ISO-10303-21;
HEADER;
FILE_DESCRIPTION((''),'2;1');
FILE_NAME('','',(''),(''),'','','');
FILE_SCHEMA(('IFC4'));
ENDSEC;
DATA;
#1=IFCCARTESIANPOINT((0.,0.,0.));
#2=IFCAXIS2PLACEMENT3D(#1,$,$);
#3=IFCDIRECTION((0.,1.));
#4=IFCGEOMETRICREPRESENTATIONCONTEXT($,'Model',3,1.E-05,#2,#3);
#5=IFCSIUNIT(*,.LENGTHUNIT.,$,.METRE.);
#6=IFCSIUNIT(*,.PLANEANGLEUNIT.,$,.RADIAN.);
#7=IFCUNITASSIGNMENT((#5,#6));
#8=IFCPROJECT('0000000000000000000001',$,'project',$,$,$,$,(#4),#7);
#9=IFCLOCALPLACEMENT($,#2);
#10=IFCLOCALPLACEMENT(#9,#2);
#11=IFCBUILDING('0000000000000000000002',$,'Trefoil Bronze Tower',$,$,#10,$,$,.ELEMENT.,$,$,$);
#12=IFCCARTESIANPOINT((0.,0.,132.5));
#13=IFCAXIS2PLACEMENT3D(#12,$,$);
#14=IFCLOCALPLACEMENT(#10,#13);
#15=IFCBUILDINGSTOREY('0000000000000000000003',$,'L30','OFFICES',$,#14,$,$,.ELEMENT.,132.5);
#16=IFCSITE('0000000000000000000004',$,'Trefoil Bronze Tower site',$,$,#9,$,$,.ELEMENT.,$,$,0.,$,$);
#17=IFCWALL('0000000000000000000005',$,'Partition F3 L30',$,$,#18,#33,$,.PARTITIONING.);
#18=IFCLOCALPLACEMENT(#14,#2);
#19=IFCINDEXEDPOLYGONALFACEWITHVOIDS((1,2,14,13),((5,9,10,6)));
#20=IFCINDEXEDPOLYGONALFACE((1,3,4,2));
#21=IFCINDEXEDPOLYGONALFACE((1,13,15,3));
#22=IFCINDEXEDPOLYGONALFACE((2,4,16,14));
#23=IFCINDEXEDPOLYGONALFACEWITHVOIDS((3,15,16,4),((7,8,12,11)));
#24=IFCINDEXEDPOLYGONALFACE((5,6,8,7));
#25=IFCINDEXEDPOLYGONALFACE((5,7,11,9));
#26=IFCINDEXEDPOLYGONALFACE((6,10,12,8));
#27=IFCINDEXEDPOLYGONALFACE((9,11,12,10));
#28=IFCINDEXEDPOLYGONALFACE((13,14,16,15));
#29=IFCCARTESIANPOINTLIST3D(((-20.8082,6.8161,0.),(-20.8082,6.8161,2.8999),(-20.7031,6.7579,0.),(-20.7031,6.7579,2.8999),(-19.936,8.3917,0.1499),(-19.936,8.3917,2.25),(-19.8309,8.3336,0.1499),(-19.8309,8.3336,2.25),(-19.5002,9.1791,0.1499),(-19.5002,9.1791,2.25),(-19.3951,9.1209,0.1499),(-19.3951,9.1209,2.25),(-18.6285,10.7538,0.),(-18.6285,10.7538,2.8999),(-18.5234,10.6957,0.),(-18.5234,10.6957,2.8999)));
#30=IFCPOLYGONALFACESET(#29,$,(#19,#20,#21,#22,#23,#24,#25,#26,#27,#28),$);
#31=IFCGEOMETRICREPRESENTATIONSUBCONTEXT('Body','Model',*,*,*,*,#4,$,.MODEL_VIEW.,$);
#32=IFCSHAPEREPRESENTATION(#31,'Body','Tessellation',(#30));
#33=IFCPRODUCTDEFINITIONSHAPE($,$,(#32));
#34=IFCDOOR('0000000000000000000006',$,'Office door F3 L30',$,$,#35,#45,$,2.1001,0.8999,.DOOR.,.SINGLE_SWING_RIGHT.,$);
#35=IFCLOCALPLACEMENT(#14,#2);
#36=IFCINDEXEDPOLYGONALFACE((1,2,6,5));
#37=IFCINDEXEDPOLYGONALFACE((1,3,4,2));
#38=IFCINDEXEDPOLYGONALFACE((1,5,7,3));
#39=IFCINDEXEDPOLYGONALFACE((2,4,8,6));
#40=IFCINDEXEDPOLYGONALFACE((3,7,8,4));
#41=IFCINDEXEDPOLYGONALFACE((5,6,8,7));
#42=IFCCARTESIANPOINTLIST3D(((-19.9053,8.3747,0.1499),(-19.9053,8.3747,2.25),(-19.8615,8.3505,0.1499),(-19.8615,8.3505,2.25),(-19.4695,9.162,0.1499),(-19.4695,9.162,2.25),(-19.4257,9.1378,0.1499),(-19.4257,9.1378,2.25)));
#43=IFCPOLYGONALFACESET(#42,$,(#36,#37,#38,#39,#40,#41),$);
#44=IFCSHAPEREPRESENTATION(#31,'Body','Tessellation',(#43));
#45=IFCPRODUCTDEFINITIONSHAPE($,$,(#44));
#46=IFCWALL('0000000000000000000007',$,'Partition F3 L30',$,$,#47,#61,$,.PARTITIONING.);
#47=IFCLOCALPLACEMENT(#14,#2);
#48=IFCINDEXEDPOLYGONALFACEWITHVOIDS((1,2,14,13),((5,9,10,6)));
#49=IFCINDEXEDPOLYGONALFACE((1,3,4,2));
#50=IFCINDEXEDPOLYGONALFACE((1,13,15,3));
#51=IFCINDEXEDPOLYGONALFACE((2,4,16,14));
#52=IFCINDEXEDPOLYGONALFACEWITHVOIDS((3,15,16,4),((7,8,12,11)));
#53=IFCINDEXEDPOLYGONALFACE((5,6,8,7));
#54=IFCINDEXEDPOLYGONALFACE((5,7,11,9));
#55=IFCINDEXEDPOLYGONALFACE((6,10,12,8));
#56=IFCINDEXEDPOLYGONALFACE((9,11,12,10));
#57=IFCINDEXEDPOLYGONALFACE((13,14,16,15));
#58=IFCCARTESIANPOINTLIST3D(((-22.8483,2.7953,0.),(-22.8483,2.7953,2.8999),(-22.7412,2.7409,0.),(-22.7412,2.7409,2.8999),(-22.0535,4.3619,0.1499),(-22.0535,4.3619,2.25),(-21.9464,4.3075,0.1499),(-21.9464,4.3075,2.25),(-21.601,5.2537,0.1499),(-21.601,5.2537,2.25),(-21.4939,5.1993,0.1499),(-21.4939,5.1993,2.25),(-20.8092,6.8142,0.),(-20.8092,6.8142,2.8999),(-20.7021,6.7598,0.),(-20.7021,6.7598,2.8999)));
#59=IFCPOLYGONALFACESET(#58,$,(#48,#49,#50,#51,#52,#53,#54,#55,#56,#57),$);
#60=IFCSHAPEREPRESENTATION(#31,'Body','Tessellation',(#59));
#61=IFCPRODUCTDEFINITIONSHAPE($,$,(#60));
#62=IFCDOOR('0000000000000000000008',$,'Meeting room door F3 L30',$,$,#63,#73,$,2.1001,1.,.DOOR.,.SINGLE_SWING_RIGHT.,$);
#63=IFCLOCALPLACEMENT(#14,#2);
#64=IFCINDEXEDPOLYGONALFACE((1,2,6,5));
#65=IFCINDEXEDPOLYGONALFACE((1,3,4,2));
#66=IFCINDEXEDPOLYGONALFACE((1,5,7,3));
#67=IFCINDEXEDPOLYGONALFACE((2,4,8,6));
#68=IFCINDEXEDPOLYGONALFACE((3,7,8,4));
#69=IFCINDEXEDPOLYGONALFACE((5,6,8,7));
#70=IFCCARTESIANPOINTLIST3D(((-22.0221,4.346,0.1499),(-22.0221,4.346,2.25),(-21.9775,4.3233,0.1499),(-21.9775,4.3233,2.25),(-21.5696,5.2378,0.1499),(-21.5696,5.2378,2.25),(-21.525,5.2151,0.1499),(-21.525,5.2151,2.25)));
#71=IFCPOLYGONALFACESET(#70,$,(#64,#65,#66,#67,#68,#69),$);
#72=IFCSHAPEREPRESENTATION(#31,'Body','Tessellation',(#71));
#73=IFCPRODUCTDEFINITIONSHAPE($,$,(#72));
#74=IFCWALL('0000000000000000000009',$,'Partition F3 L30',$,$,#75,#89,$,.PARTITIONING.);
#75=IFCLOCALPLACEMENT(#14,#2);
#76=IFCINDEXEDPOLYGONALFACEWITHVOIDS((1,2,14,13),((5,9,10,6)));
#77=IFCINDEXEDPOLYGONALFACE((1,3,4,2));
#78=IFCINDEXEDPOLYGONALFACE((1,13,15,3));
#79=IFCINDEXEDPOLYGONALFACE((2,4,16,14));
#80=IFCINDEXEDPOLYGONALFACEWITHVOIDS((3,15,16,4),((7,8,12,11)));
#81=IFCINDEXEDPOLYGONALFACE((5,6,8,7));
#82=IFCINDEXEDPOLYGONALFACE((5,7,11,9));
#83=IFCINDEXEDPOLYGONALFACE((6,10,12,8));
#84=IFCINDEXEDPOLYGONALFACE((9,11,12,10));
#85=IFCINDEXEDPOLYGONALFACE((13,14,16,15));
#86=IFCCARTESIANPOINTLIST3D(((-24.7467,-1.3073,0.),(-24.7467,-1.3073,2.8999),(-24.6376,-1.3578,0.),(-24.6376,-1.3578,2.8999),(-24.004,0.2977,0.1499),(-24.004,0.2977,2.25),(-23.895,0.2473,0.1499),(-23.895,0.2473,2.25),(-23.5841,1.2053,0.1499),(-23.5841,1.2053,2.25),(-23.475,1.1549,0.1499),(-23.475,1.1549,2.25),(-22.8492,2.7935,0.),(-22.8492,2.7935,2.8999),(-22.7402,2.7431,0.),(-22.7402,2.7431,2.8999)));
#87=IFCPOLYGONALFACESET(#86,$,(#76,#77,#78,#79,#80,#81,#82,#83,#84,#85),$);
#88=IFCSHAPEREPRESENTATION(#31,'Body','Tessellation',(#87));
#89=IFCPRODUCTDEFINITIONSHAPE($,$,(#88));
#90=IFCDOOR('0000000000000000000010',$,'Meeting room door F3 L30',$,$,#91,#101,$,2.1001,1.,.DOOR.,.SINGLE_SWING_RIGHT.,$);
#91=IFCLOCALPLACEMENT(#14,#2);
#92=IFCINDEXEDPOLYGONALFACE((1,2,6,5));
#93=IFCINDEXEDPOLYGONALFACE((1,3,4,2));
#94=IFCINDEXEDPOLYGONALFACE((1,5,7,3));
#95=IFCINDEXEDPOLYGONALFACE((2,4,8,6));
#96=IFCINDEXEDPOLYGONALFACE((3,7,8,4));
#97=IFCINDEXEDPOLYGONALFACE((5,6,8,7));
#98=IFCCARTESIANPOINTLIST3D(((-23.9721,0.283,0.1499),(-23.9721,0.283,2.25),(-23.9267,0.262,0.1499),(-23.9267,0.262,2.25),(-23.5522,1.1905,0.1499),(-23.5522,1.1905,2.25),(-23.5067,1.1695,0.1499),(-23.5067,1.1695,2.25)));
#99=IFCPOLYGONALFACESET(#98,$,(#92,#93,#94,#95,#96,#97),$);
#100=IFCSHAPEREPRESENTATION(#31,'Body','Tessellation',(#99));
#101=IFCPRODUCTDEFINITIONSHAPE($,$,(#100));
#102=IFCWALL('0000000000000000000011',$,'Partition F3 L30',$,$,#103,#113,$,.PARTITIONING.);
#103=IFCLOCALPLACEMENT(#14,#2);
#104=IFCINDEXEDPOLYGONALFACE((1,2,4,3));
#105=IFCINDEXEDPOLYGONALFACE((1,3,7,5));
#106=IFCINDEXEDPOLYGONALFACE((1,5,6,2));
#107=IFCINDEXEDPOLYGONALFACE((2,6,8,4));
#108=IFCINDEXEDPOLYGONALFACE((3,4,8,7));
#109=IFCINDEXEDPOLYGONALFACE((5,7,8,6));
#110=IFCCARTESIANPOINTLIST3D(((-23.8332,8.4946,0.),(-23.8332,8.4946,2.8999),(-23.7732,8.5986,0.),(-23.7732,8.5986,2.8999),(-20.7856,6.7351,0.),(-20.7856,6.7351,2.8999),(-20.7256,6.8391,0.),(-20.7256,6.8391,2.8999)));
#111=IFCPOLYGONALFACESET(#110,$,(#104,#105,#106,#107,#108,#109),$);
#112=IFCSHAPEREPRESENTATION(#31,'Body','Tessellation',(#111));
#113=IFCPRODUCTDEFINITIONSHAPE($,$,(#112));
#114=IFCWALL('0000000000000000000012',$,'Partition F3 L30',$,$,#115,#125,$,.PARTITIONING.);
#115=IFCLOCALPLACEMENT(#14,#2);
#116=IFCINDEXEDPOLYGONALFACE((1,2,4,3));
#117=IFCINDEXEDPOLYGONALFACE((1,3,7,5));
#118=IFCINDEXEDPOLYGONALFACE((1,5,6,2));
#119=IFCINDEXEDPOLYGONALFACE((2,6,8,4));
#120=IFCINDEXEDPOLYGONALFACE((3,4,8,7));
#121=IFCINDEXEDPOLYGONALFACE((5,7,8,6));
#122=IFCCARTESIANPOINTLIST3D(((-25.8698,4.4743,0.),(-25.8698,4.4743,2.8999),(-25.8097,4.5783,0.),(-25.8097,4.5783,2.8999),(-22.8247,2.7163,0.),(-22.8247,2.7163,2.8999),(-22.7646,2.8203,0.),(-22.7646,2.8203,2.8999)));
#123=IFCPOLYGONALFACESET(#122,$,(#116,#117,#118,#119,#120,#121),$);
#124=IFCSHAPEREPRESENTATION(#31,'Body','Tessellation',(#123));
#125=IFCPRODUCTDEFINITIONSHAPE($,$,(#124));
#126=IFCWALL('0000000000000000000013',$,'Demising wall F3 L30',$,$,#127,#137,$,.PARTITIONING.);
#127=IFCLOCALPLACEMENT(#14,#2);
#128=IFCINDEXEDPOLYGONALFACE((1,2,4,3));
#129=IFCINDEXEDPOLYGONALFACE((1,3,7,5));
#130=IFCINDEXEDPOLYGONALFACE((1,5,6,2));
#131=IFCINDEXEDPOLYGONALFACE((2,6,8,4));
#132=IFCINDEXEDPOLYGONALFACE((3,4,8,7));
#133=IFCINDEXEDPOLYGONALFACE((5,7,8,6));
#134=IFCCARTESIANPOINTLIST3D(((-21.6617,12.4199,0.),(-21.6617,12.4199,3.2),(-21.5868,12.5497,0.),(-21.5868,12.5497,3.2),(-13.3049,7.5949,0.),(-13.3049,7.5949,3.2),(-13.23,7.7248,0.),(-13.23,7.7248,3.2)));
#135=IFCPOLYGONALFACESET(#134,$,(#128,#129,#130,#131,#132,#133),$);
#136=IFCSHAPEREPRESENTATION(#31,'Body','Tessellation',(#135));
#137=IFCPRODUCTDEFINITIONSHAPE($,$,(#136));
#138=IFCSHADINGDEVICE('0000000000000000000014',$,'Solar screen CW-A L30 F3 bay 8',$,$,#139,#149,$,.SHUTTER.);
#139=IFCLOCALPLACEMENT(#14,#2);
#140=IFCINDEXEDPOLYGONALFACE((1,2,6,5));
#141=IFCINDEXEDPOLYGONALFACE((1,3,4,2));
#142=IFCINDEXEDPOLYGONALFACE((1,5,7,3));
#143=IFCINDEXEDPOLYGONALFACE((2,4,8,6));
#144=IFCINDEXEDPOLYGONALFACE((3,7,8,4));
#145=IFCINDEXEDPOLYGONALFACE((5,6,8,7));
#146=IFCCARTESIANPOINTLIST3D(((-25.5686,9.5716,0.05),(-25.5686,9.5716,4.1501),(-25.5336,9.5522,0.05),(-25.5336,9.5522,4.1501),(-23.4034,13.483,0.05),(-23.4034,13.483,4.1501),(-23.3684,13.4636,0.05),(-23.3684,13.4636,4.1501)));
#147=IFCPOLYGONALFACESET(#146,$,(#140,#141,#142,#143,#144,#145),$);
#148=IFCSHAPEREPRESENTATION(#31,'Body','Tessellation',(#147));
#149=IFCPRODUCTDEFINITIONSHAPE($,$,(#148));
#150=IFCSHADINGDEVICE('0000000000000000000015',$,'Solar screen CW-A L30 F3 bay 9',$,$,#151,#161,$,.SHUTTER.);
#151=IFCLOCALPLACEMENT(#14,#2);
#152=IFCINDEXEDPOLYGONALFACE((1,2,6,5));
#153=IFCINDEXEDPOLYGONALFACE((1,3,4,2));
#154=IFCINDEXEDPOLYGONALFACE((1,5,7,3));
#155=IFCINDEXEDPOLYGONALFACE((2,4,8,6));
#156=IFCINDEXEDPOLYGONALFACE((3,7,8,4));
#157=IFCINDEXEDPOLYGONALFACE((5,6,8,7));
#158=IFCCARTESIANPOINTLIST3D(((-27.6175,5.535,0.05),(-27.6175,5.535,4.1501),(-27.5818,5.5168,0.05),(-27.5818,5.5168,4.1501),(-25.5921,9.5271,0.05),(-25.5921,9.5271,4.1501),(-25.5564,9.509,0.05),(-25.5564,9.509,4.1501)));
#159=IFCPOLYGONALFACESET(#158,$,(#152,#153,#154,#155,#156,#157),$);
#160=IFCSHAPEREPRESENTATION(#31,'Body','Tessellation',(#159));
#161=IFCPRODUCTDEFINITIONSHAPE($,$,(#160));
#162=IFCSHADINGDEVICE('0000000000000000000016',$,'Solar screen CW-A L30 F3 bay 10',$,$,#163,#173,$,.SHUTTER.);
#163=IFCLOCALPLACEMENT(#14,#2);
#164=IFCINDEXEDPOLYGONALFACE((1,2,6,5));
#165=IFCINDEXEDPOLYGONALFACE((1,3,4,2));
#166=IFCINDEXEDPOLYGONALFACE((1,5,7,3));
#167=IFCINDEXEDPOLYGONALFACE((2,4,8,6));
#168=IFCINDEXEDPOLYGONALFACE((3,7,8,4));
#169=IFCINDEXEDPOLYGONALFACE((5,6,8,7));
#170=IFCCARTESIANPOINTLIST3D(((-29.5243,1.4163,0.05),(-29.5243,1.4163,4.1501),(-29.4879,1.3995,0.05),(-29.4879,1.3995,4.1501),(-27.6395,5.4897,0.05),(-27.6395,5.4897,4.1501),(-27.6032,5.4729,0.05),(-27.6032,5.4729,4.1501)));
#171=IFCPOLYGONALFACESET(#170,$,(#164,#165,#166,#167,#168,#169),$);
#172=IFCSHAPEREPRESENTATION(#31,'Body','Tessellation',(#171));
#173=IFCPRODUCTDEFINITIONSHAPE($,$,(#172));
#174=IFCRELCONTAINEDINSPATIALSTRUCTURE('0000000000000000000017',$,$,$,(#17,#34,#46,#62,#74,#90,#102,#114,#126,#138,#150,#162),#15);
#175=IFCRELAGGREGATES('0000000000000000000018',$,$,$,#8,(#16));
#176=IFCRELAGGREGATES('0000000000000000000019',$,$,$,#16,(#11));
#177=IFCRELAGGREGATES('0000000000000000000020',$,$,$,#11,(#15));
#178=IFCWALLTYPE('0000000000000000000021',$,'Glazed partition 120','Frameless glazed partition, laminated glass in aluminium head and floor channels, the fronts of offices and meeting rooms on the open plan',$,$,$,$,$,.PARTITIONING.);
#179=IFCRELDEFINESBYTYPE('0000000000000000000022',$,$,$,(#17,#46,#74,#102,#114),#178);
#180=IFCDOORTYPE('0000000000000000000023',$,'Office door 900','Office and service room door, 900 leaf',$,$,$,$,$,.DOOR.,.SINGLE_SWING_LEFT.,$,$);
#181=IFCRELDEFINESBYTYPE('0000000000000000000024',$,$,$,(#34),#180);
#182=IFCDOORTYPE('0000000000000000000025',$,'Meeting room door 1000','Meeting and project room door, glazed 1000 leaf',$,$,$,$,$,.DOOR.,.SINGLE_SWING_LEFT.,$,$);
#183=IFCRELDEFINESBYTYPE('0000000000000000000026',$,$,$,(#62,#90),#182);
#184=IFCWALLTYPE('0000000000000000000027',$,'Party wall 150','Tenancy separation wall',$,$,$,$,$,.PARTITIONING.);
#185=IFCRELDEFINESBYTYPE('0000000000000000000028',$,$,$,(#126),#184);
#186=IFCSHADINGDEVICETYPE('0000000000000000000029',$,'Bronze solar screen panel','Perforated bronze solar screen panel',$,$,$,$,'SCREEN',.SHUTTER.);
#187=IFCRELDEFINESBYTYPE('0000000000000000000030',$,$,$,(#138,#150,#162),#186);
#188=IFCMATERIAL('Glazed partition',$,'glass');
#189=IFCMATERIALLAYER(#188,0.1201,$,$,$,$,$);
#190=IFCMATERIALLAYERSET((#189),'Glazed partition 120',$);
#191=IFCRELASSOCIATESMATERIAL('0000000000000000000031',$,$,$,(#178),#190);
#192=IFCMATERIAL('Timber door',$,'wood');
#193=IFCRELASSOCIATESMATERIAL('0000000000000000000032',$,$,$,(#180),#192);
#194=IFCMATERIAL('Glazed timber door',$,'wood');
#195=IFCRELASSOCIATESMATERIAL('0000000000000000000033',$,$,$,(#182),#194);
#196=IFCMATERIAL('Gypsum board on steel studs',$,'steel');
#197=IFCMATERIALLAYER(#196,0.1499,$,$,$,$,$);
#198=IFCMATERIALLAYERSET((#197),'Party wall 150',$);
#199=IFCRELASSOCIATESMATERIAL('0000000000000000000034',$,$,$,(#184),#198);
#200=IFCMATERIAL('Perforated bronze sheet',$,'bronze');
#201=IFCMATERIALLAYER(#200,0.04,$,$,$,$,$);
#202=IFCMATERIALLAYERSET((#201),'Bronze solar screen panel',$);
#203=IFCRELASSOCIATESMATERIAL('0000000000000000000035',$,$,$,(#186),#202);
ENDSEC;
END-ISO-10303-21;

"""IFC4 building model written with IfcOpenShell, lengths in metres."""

from ifc_helpers import new_model, si_unit, direction, frame, frame_2d, origin, origin_2d, place, context, subcontext, project, spatial, rectangle, extrude, material, layer, layer_set, type_object, element, fill, save


model = new_model("IFC4")

# Units and contexts
model_context = context("Model", 3, precision=1e-05, world=origin(), true_north=direction((0.0, 1.0)))
body_context = subcontext(model_context, "Body", "Model", "MODEL_VIEW")
ifc_project = project(units=[si_unit("LENGTHUNIT", "METRE"), si_unit("PLANEANGLEUNIT", "RADIAN")], contexts=[model_context])

# Site, building, storey
site_placement = place(None, origin())
site = spatial("IfcSite", under=ifc_project, at=site_placement, Name="Trefoil Bronze Tower site", CompositionType="ELEMENT", RefElevation=0.0)
building_placement = place(site_placement, origin())
building = spatial("IfcBuilding", under=site, at=building_placement, Name="Trefoil Bronze Tower", CompositionType="ELEMENT")
storey_placement = place(building_placement, frame((0.0, 0.0, 132.5)))
storey = spatial("IfcBuildingStorey", under=building, at=storey_placement, Name="L30", Description="OFFICES", CompositionType="ELEMENT", Elevation=132.5)

# Walls, openings, doors
ifc_material_1 = material(Name="Glazed partition", Category="glass")
ifc_layer_1 = layer(ifc_material_1, 0.1201)
ifc_layer_set_1 = layer_set([ifc_layer_1], Name="Glazed partition 120")
wall_type_1 = type_object("IfcWallType", Name="Glazed partition 120", Description="Frameless glazed partition, laminated glass in aluminium head and floor channels, the fronts of offices and meeting rooms on the open plan", PredefinedType="PARTITIONING", material=ifc_layer_set_1)
wall_1_placement = place(storey_placement, frame((-18.5759, 10.7249, 0.0), z_axis=(0.0, 0.0, 1.0), x_axis=(-0.484293, -0.874906, 0.0)))
wall_1 = element("IfcWall", 1, at=wall_1_placement, inside=storey, type_object=wall_type_1, Name="Partition F3 L30", PredefinedType="PARTITIONING", context=body_context, shape_type="SweptSolid", body=[
    extrude(rectangle(XDim=4.5007, YDim=0.1201, at=frame_2d((2.2505, 0.0))), origin(), (0.0, 0.0, 1.0), 2.8999),
])
opening_1_placement = place(wall_1_placement, frame((1.8, 0.0, 0.1499)))
opening_1 = element("IfcOpeningElement", 2, at=opening_1_placement, cuts=wall_1, PredefinedType="OPENING", context=body_context, shape_type="SweptSolid", body=[
    extrude(rectangle(XDim=0.8999, YDim=2.1001, at=frame_2d((0.45, 1.05))), frame((0.0, 0.0701, 0.0), z_axis=(0.0, -1.0, 0.0), x_axis=(1.0, 0.0, 0.0)), (0.0, 0.0, 1.0), 0.1401),
])
ifc_material_2 = material(Name="Timber door", Category="wood")
door_type_1 = type_object("IfcDoorType", Name="Office door 900", Description="Office and service room door, 900 leaf", OperationType="SINGLE_SWING_LEFT", PredefinedType="DOOR", material=ifc_material_2)
door_1_placement = place(opening_1_placement, frame((0.8999, 0.0, 0.0), z_axis=(0.0, 0.0, 1.0), x_axis=(-1.0, 0.0, 0.0)))
door_1 = element("IfcDoor", 3, at=door_1_placement, inside=storey, type_object=door_type_1, Name="Office door F3 L30", OperationType="SINGLE_SWING_RIGHT", OverallHeight=2.1001, OverallWidth=0.8999, PredefinedType="DOOR", context=body_context, shape_type="SweptSolid", body=[
    extrude(rectangle(XDim=0.8999, YDim=2.1001, at=frame_2d((0.45, 1.05))), frame((0.0, 0.0249, 0.0), z_axis=(0.0, -1.0, 0.0), x_axis=(1.0, 0.0, 0.0)), (0.0, 0.0, 1.0), 0.05),
])
fill(opening_1, door_1)
wall_2_placement = place(storey_placement, frame((-20.7556, 6.7871, 0.0), z_axis=(0.0, 0.0, 1.0), x_axis=(-0.452472, -0.891779, 0.0)))
wall_2 = element("IfcWall", 4, at=wall_2_placement, inside=storey, type_object=wall_type_1, Name="Partition F3 L30", PredefinedType="PARTITIONING", context=body_context, shape_type="SweptSolid", body=[
    extrude(rectangle(XDim=4.5066, YDim=0.1201, at=frame_2d((2.2534, 0.0))), origin(), (0.0, 0.0, 1.0), 2.8999),
])
opening_2_placement = place(wall_2_placement, frame((1.75, 0.0, 0.1499)))
opening_2 = element("IfcOpeningElement", 5, at=opening_2_placement, cuts=wall_2, PredefinedType="OPENING", context=body_context, shape_type="SweptSolid", body=[
    extrude(rectangle(XDim=1.0, YDim=2.1001, at=frame_2d((0.5, 1.05))), frame((0.0, 0.0701, 0.0), z_axis=(0.0, -1.0, 0.0), x_axis=(1.0, 0.0, 0.0)), (0.0, 0.0, 1.0), 0.1401),
])
ifc_material_3 = material(Name="Glazed timber door", Category="wood")
door_type_2 = type_object("IfcDoorType", Name="Meeting room door 1000", Description="Meeting and project room door, glazed 1000 leaf", OperationType="SINGLE_SWING_LEFT", PredefinedType="DOOR", material=ifc_material_3)
door_2_placement = place(opening_2_placement, frame((1.0, 0.0, 0.0), z_axis=(0.0, 0.0, 1.0), x_axis=(-1.0, 0.0, 0.0)))
door_2 = element("IfcDoor", 6, at=door_2_placement, inside=storey, type_object=door_type_2, Name="Meeting room door F3 L30", OperationType="SINGLE_SWING_RIGHT", OverallHeight=2.1001, OverallWidth=1.0, PredefinedType="DOOR", context=body_context, shape_type="SweptSolid", body=[
    extrude(rectangle(XDim=1.0, YDim=2.1001, at=frame_2d((0.5, 1.05))), frame((0.0, 0.0249, 0.0), z_axis=(0.0, -1.0, 0.0), x_axis=(1.0, 0.0, 0.0)), (0.0, 0.0, 1.0), 0.05),
])
fill(opening_2, door_2)
wall_3_placement = place(storey_placement, frame((-22.7947, 2.7683, 0.0), z_axis=(0.0, 0.0, 1.0), x_axis=(-0.419928, -0.907557, 0.0)))
wall_3 = element("IfcWall", 7, at=wall_3_placement, inside=storey, type_object=wall_type_1, Name="Partition F3 L30", PredefinedType="PARTITIONING", context=body_context, shape_type="SweptSolid", body=[
    extrude(rectangle(XDim=4.5186, YDim=0.1201, at=frame_2d((2.2593, 0.0))), origin(), (0.0, 0.0, 1.0), 2.8999),
])
opening_3_placement = place(wall_3_placement, frame((1.75, 0.0, 0.1499)))
opening_3 = element("IfcOpeningElement", 8, at=opening_3_placement, cuts=wall_3, PredefinedType="OPENING", context=body_context, shape_type="SweptSolid", body=[
    extrude(rectangle(XDim=1.0, YDim=2.1001, at=frame_2d((0.5, 1.05))), frame((0.0, 0.0701, 0.0), z_axis=(0.0, -1.0, 0.0), x_axis=(1.0, 0.0, 0.0)), (0.0, 0.0, 1.0), 0.1401),
])
door_3_placement = place(opening_3_placement, frame((1.0, 0.0, 0.0), z_axis=(0.0, 0.0, 1.0), x_axis=(-1.0, 0.0, 0.0)))
door_3 = element("IfcDoor", 9, at=door_3_placement, inside=storey, type_object=door_type_2, Name="Meeting room door F3 L30", OperationType="SINGLE_SWING_RIGHT", OverallHeight=2.1001, OverallWidth=1.0, PredefinedType="DOOR", context=body_context, shape_type="SweptSolid", body=[
    extrude(rectangle(XDim=1.0, YDim=2.1001, at=frame_2d((0.5, 1.05))), frame((0.0, 0.0249, 0.0), z_axis=(0.0, -1.0, 0.0), x_axis=(1.0, 0.0, 0.0)), (0.0, 0.0, 1.0), 0.05),
])
fill(opening_3, door_3)

# Walls
wall_4_placement = place(storey_placement, frame((-20.7556, 6.7871, 0.0), z_axis=(0.0, 0.0, 1.0), x_axis=(-0.866027, 0.499997, 0.0)))
element("IfcWall", 10, at=wall_4_placement, inside=storey, type_object=wall_type_1, Name="Partition F3 L30", PredefinedType="PARTITIONING", context=body_context, shape_type="SweptSolid", body=[
    extrude(rectangle(XDim=3.519, YDim=0.1201, at=frame_2d((1.7595, 0.0))), origin(), (0.0, 0.0, 1.0), 2.8999),
])
wall_5_placement = place(storey_placement, frame((-22.7947, 2.7683, 0.0), z_axis=(0.0, 0.0, 1.0), x_axis=(-0.866034, 0.499985, 0.0)))
element("IfcWall", 11, at=wall_5_placement, inside=storey, type_object=wall_type_1, Name="Partition F3 L30", PredefinedType="PARTITIONING", context=body_context, shape_type="SweptSolid", body=[
    extrude(rectangle(XDim=3.5161, YDim=0.1201, at=frame_2d((1.7581, 0.0))), origin(), (0.0, 0.0, 1.0), 2.8999),
])
ifc_material_4 = material(Name="Gypsum board on steel studs", Category="steel")
ifc_layer_2 = layer(ifc_material_4, 0.1499)
ifc_layer_set_2 = layer_set([ifc_layer_2], Name="Party wall 150")
wall_type_2 = type_object("IfcWallType", Name="Party wall 150", Description="Tenancy separation wall", PredefinedType="PARTITIONING", material=ifc_layer_set_2)
wall_6_placement = place(storey_placement, frame((-13.2676, 7.6599, 0.0), z_axis=(0.0, 0.0, 1.0), x_axis=(-0.866016, 0.500017, 0.0)))
element("IfcWall", 12, at=wall_6_placement, inside=storey, type_object=wall_type_2, Name="Demising wall F3 L30", PredefinedType="PARTITIONING", context=body_context, shape_type="SweptSolid", body=[
    extrude(rectangle(XDim=9.6497, YDim=0.1499, at=frame_2d((4.8247, 0.0))), origin(), (0.0, 0.0, 1.0), 3.2),
])

# Shading devices
ifc_material_5 = material(Name="Perforated bronze sheet", Category="bronze")
ifc_layer_3 = layer(ifc_material_5, 0.04)
ifc_layer_set_3 = layer_set([ifc_layer_3], Name="Bronze solar screen panel")
shading_device_type = type_object("IfcShadingDeviceType", Name="Bronze solar screen panel", Description="Perforated bronze solar screen panel", ElementType="SCREEN", PredefinedType="SHUTTER", material=ifc_layer_set_3)
shading_device_1_placement = place(storey_placement, frame((-24.4685, 11.5176, 0.05), z_axis=(0.0, 0.0, 1.0), x_axis=(-0.484312, -0.874895, 0.0)))
element("IfcShadingDevice", 13, at=shading_device_1_placement, inside=storey, type_object=shading_device_type, Name="Solar screen CW-A L30 F3 bay 8", PredefinedType="SHUTTER", context=body_context, shape_type="SweptSolid", body=[
    extrude(rectangle(XDim=4.4707, YDim=0.04, at=origin_2d()), origin(), (0.0, 0.0, 1.0), 4.1001),
])
shading_device_2_placement = place(storey_placement, frame((-26.5869, 7.522, 0.05), z_axis=(0.0, 0.0, 1.0), x_axis=(-0.452449, -0.89179, 0.0)))
element("IfcShadingDevice", 14, at=shading_device_2_placement, inside=storey, type_object=shading_device_type, Name="Solar screen CW-A L30 F3 bay 9", PredefinedType="SHUTTER", context=body_context, shape_type="SweptSolid", body=[
    extrude(rectangle(XDim=4.4766, YDim=0.04, at=origin_2d()), origin(), (0.0, 0.0, 1.0), 4.1001),
])
shading_device_3_placement = place(storey_placement, frame((-28.5637, 3.4446, 0.05), z_axis=(0.0, 0.0, 1.0), x_axis=(-0.419933, -0.907555, 0.0)))
element("IfcShadingDevice", 15, at=shading_device_3_placement, inside=storey, type_object=shading_device_type, Name="Solar screen CW-A L30 F3 bay 10", PredefinedType="SHUTTER", context=body_context, shape_type="SweptSolid", body=[
    extrude(rectangle(XDim=4.4883, YDim=0.04, at=origin_2d()), origin(), (0.0, 0.0, 1.0), 4.1001),
])

save(model, "model.ifc")
